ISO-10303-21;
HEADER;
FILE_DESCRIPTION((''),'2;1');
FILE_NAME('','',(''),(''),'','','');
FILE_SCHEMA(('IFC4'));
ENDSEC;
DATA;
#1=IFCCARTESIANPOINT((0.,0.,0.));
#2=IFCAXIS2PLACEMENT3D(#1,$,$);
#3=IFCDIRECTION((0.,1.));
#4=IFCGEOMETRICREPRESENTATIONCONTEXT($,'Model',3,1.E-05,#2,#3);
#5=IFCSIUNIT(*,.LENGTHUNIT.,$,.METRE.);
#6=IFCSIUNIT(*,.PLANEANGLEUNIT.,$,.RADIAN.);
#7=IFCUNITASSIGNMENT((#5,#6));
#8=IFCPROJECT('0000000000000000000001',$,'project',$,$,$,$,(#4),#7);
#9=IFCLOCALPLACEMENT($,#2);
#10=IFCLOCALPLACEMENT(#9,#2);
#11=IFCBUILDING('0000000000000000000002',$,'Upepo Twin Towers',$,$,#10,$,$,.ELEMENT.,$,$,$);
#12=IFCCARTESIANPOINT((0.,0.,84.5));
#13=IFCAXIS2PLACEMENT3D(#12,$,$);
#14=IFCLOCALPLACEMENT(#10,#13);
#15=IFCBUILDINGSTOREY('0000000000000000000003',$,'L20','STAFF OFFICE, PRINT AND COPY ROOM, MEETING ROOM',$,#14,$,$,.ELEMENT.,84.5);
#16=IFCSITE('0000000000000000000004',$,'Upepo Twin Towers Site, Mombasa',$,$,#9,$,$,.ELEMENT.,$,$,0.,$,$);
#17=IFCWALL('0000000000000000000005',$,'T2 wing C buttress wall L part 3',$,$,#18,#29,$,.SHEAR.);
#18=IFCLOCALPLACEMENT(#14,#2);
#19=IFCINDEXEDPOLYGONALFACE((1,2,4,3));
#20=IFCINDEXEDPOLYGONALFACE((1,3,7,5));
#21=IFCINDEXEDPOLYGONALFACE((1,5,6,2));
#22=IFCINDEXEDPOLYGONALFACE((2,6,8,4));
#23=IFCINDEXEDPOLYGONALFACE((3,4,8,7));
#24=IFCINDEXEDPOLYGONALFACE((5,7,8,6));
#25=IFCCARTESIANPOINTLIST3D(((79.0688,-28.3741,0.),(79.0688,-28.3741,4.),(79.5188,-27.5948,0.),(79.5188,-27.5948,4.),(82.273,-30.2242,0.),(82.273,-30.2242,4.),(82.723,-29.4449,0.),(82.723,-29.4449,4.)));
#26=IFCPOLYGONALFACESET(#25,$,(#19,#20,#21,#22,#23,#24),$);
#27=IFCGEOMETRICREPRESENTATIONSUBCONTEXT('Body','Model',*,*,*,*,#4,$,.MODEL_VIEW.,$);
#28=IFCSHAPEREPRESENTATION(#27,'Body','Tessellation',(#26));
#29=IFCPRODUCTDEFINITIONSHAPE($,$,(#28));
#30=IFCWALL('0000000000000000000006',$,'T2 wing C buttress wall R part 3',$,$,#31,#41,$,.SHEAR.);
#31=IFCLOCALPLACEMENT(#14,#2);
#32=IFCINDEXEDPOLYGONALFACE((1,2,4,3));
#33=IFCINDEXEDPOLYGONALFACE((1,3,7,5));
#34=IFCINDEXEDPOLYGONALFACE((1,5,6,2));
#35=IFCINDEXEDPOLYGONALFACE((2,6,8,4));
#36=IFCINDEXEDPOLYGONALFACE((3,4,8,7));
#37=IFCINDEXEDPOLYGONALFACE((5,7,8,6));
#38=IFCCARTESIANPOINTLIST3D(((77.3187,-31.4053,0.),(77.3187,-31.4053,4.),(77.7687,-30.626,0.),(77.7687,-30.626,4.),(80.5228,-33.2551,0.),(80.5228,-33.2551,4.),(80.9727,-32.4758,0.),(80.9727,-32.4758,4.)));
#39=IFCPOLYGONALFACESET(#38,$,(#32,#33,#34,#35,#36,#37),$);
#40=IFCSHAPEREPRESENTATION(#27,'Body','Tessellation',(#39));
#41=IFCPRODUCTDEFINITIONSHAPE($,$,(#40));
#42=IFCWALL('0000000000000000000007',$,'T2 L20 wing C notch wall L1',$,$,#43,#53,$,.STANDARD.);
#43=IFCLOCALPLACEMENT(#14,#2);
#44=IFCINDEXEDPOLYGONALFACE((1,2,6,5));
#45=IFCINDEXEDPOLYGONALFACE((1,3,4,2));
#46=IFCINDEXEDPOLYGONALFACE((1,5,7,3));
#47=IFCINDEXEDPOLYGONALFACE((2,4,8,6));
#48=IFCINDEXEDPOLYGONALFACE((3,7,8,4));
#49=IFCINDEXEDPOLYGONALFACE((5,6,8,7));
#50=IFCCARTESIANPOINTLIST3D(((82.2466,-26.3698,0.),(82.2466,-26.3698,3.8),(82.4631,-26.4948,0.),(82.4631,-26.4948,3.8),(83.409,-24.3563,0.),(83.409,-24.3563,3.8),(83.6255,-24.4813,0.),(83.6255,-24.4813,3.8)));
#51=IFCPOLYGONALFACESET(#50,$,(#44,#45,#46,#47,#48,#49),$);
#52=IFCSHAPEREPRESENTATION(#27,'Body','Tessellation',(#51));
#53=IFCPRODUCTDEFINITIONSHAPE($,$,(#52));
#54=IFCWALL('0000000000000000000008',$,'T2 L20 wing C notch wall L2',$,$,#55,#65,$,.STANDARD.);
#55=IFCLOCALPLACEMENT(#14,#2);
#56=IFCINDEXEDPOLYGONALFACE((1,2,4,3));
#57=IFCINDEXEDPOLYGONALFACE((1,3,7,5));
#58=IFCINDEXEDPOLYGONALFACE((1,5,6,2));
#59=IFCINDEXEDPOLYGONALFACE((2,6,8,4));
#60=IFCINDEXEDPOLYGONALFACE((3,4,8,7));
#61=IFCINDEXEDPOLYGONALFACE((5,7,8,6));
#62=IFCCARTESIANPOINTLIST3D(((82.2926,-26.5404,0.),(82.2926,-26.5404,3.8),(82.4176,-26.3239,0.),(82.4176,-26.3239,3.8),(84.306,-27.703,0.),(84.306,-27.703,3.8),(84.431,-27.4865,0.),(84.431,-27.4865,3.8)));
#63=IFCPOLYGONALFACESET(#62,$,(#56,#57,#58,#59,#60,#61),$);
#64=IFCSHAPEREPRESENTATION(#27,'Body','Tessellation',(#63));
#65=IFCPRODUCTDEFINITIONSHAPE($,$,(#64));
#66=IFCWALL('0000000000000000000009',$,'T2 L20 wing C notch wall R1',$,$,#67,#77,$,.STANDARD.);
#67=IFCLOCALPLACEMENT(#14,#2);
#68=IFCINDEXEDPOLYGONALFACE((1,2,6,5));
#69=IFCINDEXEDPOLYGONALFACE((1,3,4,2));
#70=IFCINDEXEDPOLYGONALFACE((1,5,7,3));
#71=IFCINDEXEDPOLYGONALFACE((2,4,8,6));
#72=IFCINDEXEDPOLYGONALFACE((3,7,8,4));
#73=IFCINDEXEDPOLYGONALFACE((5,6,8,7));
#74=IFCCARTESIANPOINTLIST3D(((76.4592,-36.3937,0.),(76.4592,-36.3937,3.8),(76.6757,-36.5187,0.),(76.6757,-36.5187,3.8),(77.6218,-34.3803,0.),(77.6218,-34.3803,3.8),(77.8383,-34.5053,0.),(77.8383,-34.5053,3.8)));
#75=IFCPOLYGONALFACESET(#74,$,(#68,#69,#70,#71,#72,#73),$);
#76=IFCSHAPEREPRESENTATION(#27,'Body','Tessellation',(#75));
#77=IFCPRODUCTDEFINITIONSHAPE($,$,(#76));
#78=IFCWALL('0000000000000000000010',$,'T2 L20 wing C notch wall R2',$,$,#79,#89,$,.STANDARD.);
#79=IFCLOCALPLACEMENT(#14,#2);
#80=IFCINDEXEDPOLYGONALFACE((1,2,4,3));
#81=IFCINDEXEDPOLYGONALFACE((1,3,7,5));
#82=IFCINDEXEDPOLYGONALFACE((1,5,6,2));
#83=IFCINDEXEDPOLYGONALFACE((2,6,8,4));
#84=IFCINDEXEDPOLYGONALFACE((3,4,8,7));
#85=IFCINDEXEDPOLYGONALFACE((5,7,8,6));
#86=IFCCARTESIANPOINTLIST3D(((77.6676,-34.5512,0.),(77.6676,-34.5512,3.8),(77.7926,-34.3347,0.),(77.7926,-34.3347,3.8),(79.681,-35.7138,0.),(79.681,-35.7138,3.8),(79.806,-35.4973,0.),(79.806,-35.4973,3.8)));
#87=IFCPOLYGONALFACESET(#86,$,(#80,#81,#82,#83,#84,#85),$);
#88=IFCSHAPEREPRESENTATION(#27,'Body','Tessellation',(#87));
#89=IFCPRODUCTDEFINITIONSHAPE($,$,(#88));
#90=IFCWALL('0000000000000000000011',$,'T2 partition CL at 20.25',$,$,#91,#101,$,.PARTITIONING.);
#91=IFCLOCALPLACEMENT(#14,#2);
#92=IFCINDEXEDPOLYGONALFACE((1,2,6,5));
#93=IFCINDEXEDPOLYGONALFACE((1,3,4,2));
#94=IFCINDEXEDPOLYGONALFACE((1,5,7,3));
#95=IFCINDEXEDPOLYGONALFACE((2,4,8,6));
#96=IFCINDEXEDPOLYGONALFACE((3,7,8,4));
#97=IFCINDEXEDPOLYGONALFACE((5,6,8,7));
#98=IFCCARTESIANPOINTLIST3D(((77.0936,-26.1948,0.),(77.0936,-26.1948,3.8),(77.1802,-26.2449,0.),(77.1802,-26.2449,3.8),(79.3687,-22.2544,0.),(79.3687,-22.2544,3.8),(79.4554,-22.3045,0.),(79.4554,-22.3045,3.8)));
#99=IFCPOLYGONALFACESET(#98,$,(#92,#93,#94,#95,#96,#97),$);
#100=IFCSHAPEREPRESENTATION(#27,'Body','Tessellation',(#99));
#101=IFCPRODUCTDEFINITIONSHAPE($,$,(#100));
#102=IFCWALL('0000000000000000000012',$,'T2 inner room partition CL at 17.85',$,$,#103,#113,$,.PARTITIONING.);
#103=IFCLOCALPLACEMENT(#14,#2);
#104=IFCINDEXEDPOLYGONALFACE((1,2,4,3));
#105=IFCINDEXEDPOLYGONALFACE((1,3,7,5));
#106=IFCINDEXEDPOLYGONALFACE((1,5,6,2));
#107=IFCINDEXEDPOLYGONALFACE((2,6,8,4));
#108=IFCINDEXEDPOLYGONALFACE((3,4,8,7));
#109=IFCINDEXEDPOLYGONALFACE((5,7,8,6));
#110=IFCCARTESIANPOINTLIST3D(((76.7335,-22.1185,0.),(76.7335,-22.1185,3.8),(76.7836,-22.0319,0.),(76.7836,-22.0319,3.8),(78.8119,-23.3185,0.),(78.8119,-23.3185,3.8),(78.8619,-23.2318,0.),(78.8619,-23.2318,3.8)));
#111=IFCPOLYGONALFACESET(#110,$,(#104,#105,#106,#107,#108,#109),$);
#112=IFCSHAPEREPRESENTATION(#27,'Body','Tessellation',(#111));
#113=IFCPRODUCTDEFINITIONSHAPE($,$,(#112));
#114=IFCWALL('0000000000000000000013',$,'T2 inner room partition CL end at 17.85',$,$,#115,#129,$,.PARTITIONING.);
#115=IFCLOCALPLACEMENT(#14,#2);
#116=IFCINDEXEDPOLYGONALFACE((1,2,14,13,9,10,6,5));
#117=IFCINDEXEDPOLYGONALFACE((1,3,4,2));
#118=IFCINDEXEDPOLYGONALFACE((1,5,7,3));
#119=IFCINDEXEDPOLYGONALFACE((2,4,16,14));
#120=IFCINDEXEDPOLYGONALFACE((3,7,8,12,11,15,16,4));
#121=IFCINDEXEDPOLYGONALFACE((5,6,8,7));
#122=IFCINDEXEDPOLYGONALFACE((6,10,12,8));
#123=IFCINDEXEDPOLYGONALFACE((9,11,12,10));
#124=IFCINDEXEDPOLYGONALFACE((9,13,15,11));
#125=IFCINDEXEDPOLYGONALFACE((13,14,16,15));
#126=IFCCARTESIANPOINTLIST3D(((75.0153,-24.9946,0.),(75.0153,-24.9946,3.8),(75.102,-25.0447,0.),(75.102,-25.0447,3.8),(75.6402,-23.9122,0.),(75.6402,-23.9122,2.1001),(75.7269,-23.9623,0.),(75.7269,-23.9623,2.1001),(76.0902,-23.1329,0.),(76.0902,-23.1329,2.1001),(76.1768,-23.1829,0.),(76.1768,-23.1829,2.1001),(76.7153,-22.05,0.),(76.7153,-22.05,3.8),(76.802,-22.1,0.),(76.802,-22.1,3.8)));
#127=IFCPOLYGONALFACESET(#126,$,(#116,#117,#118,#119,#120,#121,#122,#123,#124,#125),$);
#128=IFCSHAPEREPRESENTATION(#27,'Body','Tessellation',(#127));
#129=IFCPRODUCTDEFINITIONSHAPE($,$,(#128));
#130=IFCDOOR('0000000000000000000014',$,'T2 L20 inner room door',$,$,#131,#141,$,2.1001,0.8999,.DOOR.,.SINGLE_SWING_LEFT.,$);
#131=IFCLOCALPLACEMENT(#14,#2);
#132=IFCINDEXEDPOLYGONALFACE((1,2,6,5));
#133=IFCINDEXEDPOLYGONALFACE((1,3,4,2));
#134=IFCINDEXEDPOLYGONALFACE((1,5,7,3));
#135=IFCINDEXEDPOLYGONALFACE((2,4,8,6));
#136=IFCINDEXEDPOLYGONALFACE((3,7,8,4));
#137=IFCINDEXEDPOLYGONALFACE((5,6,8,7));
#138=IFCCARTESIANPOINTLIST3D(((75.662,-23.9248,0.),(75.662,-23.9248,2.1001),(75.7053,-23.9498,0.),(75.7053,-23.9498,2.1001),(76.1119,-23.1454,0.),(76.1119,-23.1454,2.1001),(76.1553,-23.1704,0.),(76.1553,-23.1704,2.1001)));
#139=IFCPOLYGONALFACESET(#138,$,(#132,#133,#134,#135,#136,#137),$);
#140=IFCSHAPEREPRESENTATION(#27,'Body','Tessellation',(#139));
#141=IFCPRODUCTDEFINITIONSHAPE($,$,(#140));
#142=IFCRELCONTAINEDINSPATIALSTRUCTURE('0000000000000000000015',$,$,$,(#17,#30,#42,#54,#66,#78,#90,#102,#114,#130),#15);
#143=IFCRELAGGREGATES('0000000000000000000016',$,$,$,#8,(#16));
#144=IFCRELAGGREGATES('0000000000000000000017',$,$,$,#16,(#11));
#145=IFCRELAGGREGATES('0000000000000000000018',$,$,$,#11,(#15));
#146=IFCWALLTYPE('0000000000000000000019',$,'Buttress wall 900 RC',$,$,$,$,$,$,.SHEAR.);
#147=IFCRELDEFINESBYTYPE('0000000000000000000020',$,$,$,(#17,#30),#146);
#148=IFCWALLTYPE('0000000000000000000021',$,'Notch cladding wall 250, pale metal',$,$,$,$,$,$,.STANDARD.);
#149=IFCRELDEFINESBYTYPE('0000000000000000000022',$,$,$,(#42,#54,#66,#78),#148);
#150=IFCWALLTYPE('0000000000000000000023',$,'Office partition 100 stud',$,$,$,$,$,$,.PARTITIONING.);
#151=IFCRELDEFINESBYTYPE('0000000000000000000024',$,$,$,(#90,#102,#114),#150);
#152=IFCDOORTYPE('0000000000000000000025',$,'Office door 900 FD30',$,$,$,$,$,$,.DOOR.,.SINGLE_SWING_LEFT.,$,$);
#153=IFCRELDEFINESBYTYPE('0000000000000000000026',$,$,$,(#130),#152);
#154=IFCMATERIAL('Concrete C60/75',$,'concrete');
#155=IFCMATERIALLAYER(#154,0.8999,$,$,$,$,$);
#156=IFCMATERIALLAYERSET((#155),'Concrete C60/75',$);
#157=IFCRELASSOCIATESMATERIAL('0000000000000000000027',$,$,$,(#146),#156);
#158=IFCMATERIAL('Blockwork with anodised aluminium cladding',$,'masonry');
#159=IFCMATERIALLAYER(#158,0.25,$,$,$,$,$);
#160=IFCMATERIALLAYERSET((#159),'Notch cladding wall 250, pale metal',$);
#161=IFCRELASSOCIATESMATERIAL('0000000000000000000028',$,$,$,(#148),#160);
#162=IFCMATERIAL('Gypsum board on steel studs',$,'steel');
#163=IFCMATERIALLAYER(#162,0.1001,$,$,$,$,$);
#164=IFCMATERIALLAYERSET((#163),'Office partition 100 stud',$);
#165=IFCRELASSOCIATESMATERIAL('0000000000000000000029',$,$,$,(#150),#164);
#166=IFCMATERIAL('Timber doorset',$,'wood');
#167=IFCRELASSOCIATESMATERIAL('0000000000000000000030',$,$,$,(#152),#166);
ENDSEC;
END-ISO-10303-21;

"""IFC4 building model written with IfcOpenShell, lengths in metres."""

from ifc_helpers import new_model, si_unit, direction, frame, frame_2d, origin, place, context, subcontext, project, spatial, rectangle, extrude, material, layer, layer_set, type_object, element, fill, save


model = new_model("IFC4")

# Units and contexts
model_context = context("Model", 3, precision=1e-05, world=origin(), true_north=direction((0.0, 1.0)))
body_context = subcontext(model_context, "Body", "Model", "MODEL_VIEW")
ifc_project = project(units=[si_unit("LENGTHUNIT", "METRE"), si_unit("PLANEANGLEUNIT", "RADIAN")], contexts=[model_context])

# Site, building, storey
site_placement = place(None, origin())
site = spatial("IfcSite", under=ifc_project, at=site_placement, Name="Upepo Twin Towers Site, Mombasa", CompositionType="ELEMENT", RefElevation=0.0)
building_placement = place(site_placement, origin())
building = spatial("IfcBuilding", under=site, at=building_placement, Name="Upepo Twin Towers", CompositionType="ELEMENT")
storey_placement = place(building_placement, frame((0.0, 0.0, 84.5)))
storey = spatial("IfcBuildingStorey", under=building, at=storey_placement, Name="L20", Description="STAFF OFFICE, PRINT AND COPY ROOM, MEETING ROOM", CompositionType="ELEMENT", Elevation=84.5)

# Walls
ifc_material_1 = material(Name="Concrete C60/75", Category="concrete")
ifc_layer_1 = layer(ifc_material_1, 0.8999)
ifc_layer_set_1 = layer_set([ifc_layer_1], Name="Concrete C60/75")
wall_type_1 = type_object("IfcWallType", Name="Buttress wall 900 RC", PredefinedType="SHEAR", material=ifc_layer_set_1)
wall_1_placement = place(storey_placement, frame((79.2937, -27.9844, 0.0), z_axis=(0.0, 0.0, 1.0), x_axis=(0.866001, -0.500042, 0.0)))
element("IfcWall", 1, at=wall_1_placement, inside=storey, type_object=wall_type_1, Name="T2 wing C buttress wall L part 3", PredefinedType="SHEAR", context=body_context, shape_type="SweptSolid", body=[
    extrude(rectangle(XDim=3.7, YDim=0.8999, at=frame_2d((1.8501, 0.0))), origin(), (0.0, 0.0, 1.0), 4.0),
])
wall_2_placement = place(storey_placement, frame((77.5437, -31.0156, 0.0), z_axis=(0.0, 0.0, 1.0), x_axis=(0.86603, -0.499993, 0.0)))
element("IfcWall", 2, at=wall_2_placement, inside=storey, type_object=wall_type_1, Name="T2 wing C buttress wall R part 3", PredefinedType="SHEAR", context=body_context, shape_type="SweptSolid", body=[
    extrude(rectangle(XDim=3.6997, YDim=0.8999, at=frame_2d((1.8499, 0.0))), origin(), (0.0, 0.0, 1.0), 4.0),
])
ifc_material_2 = material(Name="Blockwork with anodised aluminium cladding", Category="masonry")
ifc_layer_2 = layer(ifc_material_2, 0.25)
ifc_layer_set_2 = layer_set([ifc_layer_2], Name="Notch cladding wall 250, pale metal")
wall_type_2 = type_object("IfcWallType", Name="Notch cladding wall 250, pale metal", PredefinedType="STANDARD", material=ifc_layer_set_2)
for number, where, z_axis, x_axis, name in (
    (3, (83.5173, -24.4187, 0.0), (0.0, 0.0, 1.0), (-0.499968, -0.866044, 0.0), "T2 L20 wing C notch wall L1"),
    (4, (82.355, -26.4321, 0.0), (0.0, 0.0, 1.0), (0.865998, -0.500047, 0.0), "T2 L20 wing C notch wall L2"),
    (5, (76.5674, -36.4563, 0.0), (0.0, 0.0, 1.0), (0.500047, 0.865998, 0.0), "T2 L20 wing C notch wall R1"),
    (6, (77.73, -34.4429, 0.0), (0.0, 0.0, 1.0), (0.865998, -0.500047, 0.0), "T2 L20 wing C notch wall R2"),
):
    element("IfcWall", number, at=place(storey_placement, frame(where, z_axis=z_axis, x_axis=x_axis)), inside=storey, type_object=wall_type_2, Name=name, PredefinedType="STANDARD", context=body_context, shape_type="SweptSolid", body=[
        extrude(rectangle(XDim=2.325, YDim=0.25, at=frame_2d((1.1626, 0.0))), origin(), (0.0, 0.0, 1.0), 3.8),
    ])
ifc_material_3 = material(Name="Gypsum board on steel studs", Category="steel")
ifc_layer_3 = layer(ifc_material_3, 0.1001)
ifc_layer_set_3 = layer_set([ifc_layer_3], Name="Office partition 100 stud")
wall_type_3 = type_object("IfcWallType", Name="Office partition 100 stud", PredefinedType="PARTITIONING", material=ifc_layer_set_3)
wall_3_placement = place(storey_placement, frame((77.137, -26.2197, 0.0), z_axis=(0.0, 0.0, 1.0), x_axis=(0.500023, 0.866012, 0.0)))
element("IfcWall", 7, at=wall_3_placement, inside=storey, type_object=wall_type_3, Name="T2 partition CL at 20.25", PredefinedType="PARTITIONING", context=body_context, shape_type="SweptSolid", body=[
    extrude(rectangle(XDim=4.55, YDim=0.1001, at=frame_2d((2.2749, 0.0))), origin(), (0.0, 0.0, 1.0), 3.8),
])
wall_4_placement = place(storey_placement, frame((76.7585, -22.0752, 0.0), z_axis=(0.0, 0.0, 1.0), x_axis=(0.866025, -0.500001, 0.0)))
element("IfcWall", 8, at=wall_4_placement, inside=storey, type_object=wall_type_3, Name="T2 inner room partition CL at 17.85", PredefinedType="PARTITIONING", context=body_context, shape_type="SweptSolid", body=[
    extrude(rectangle(XDim=2.3999, YDim=0.1001, at=frame_2d((1.2, 0.0))), origin(), (0.0, 0.0, 1.0), 3.8),
])

# Wall, opening, door
wall_5_placement = place(storey_placement, frame((75.0586, -25.0198, 0.0), z_axis=(0.0, 0.0, 1.0), x_axis=(0.499977, 0.866039, 0.0)))
wall_5 = element("IfcWall", 9, at=wall_5_placement, inside=storey, type_object=wall_type_3, Name="T2 inner room partition CL end at 17.85", PredefinedType="PARTITIONING", context=body_context, shape_type="SweptSolid", body=[
    extrude(rectangle(XDim=3.4001, YDim=0.1001, at=frame_2d((1.7002, 0.0))), origin(), (0.0, 0.0, 1.0), 3.8),
])
opening_placement = place(wall_5_placement, frame((1.25, 0.0, 0.0)))
opening = element("IfcOpeningElement", 10, at=opening_placement, cuts=wall_5, PredefinedType="OPENING", context=body_context, shape_type="SweptSolid", body=[
    extrude(rectangle(XDim=0.8999, YDim=2.1001, at=frame_2d((0.45, 1.05))), frame((0.0, 0.0601, 0.0), z_axis=(0.0, -1.0, 0.0), x_axis=(1.0, 0.0, 0.0)), (0.0, 0.0, 1.0), 0.1201),
])
ifc_material_4 = material(Name="Timber doorset", Category="wood")
door_type = type_object("IfcDoorType", Name="Office door 900 FD30", OperationType="SINGLE_SWING_LEFT", PredefinedType="DOOR", material=ifc_material_4)
door_placement = place(opening_placement, origin())
door = element("IfcDoor", 11, at=door_placement, inside=storey, type_object=door_type, Name="T2 L20 inner room door", OperationType="SINGLE_SWING_LEFT", OverallHeight=2.1001, OverallWidth=0.8999, PredefinedType="DOOR", context=body_context, shape_type="SweptSolid", body=[
    extrude(rectangle(XDim=0.8999, YDim=2.1001, at=frame_2d((0.45, 1.05))), frame((0.0, 0.0249, 0.0), z_axis=(0.0, -1.0, 0.0), x_axis=(1.0, 0.0, 0.0)), (0.0, 0.0, 1.0), 0.05),
])
fill(opening, door)

save(model, "model.ifc")
